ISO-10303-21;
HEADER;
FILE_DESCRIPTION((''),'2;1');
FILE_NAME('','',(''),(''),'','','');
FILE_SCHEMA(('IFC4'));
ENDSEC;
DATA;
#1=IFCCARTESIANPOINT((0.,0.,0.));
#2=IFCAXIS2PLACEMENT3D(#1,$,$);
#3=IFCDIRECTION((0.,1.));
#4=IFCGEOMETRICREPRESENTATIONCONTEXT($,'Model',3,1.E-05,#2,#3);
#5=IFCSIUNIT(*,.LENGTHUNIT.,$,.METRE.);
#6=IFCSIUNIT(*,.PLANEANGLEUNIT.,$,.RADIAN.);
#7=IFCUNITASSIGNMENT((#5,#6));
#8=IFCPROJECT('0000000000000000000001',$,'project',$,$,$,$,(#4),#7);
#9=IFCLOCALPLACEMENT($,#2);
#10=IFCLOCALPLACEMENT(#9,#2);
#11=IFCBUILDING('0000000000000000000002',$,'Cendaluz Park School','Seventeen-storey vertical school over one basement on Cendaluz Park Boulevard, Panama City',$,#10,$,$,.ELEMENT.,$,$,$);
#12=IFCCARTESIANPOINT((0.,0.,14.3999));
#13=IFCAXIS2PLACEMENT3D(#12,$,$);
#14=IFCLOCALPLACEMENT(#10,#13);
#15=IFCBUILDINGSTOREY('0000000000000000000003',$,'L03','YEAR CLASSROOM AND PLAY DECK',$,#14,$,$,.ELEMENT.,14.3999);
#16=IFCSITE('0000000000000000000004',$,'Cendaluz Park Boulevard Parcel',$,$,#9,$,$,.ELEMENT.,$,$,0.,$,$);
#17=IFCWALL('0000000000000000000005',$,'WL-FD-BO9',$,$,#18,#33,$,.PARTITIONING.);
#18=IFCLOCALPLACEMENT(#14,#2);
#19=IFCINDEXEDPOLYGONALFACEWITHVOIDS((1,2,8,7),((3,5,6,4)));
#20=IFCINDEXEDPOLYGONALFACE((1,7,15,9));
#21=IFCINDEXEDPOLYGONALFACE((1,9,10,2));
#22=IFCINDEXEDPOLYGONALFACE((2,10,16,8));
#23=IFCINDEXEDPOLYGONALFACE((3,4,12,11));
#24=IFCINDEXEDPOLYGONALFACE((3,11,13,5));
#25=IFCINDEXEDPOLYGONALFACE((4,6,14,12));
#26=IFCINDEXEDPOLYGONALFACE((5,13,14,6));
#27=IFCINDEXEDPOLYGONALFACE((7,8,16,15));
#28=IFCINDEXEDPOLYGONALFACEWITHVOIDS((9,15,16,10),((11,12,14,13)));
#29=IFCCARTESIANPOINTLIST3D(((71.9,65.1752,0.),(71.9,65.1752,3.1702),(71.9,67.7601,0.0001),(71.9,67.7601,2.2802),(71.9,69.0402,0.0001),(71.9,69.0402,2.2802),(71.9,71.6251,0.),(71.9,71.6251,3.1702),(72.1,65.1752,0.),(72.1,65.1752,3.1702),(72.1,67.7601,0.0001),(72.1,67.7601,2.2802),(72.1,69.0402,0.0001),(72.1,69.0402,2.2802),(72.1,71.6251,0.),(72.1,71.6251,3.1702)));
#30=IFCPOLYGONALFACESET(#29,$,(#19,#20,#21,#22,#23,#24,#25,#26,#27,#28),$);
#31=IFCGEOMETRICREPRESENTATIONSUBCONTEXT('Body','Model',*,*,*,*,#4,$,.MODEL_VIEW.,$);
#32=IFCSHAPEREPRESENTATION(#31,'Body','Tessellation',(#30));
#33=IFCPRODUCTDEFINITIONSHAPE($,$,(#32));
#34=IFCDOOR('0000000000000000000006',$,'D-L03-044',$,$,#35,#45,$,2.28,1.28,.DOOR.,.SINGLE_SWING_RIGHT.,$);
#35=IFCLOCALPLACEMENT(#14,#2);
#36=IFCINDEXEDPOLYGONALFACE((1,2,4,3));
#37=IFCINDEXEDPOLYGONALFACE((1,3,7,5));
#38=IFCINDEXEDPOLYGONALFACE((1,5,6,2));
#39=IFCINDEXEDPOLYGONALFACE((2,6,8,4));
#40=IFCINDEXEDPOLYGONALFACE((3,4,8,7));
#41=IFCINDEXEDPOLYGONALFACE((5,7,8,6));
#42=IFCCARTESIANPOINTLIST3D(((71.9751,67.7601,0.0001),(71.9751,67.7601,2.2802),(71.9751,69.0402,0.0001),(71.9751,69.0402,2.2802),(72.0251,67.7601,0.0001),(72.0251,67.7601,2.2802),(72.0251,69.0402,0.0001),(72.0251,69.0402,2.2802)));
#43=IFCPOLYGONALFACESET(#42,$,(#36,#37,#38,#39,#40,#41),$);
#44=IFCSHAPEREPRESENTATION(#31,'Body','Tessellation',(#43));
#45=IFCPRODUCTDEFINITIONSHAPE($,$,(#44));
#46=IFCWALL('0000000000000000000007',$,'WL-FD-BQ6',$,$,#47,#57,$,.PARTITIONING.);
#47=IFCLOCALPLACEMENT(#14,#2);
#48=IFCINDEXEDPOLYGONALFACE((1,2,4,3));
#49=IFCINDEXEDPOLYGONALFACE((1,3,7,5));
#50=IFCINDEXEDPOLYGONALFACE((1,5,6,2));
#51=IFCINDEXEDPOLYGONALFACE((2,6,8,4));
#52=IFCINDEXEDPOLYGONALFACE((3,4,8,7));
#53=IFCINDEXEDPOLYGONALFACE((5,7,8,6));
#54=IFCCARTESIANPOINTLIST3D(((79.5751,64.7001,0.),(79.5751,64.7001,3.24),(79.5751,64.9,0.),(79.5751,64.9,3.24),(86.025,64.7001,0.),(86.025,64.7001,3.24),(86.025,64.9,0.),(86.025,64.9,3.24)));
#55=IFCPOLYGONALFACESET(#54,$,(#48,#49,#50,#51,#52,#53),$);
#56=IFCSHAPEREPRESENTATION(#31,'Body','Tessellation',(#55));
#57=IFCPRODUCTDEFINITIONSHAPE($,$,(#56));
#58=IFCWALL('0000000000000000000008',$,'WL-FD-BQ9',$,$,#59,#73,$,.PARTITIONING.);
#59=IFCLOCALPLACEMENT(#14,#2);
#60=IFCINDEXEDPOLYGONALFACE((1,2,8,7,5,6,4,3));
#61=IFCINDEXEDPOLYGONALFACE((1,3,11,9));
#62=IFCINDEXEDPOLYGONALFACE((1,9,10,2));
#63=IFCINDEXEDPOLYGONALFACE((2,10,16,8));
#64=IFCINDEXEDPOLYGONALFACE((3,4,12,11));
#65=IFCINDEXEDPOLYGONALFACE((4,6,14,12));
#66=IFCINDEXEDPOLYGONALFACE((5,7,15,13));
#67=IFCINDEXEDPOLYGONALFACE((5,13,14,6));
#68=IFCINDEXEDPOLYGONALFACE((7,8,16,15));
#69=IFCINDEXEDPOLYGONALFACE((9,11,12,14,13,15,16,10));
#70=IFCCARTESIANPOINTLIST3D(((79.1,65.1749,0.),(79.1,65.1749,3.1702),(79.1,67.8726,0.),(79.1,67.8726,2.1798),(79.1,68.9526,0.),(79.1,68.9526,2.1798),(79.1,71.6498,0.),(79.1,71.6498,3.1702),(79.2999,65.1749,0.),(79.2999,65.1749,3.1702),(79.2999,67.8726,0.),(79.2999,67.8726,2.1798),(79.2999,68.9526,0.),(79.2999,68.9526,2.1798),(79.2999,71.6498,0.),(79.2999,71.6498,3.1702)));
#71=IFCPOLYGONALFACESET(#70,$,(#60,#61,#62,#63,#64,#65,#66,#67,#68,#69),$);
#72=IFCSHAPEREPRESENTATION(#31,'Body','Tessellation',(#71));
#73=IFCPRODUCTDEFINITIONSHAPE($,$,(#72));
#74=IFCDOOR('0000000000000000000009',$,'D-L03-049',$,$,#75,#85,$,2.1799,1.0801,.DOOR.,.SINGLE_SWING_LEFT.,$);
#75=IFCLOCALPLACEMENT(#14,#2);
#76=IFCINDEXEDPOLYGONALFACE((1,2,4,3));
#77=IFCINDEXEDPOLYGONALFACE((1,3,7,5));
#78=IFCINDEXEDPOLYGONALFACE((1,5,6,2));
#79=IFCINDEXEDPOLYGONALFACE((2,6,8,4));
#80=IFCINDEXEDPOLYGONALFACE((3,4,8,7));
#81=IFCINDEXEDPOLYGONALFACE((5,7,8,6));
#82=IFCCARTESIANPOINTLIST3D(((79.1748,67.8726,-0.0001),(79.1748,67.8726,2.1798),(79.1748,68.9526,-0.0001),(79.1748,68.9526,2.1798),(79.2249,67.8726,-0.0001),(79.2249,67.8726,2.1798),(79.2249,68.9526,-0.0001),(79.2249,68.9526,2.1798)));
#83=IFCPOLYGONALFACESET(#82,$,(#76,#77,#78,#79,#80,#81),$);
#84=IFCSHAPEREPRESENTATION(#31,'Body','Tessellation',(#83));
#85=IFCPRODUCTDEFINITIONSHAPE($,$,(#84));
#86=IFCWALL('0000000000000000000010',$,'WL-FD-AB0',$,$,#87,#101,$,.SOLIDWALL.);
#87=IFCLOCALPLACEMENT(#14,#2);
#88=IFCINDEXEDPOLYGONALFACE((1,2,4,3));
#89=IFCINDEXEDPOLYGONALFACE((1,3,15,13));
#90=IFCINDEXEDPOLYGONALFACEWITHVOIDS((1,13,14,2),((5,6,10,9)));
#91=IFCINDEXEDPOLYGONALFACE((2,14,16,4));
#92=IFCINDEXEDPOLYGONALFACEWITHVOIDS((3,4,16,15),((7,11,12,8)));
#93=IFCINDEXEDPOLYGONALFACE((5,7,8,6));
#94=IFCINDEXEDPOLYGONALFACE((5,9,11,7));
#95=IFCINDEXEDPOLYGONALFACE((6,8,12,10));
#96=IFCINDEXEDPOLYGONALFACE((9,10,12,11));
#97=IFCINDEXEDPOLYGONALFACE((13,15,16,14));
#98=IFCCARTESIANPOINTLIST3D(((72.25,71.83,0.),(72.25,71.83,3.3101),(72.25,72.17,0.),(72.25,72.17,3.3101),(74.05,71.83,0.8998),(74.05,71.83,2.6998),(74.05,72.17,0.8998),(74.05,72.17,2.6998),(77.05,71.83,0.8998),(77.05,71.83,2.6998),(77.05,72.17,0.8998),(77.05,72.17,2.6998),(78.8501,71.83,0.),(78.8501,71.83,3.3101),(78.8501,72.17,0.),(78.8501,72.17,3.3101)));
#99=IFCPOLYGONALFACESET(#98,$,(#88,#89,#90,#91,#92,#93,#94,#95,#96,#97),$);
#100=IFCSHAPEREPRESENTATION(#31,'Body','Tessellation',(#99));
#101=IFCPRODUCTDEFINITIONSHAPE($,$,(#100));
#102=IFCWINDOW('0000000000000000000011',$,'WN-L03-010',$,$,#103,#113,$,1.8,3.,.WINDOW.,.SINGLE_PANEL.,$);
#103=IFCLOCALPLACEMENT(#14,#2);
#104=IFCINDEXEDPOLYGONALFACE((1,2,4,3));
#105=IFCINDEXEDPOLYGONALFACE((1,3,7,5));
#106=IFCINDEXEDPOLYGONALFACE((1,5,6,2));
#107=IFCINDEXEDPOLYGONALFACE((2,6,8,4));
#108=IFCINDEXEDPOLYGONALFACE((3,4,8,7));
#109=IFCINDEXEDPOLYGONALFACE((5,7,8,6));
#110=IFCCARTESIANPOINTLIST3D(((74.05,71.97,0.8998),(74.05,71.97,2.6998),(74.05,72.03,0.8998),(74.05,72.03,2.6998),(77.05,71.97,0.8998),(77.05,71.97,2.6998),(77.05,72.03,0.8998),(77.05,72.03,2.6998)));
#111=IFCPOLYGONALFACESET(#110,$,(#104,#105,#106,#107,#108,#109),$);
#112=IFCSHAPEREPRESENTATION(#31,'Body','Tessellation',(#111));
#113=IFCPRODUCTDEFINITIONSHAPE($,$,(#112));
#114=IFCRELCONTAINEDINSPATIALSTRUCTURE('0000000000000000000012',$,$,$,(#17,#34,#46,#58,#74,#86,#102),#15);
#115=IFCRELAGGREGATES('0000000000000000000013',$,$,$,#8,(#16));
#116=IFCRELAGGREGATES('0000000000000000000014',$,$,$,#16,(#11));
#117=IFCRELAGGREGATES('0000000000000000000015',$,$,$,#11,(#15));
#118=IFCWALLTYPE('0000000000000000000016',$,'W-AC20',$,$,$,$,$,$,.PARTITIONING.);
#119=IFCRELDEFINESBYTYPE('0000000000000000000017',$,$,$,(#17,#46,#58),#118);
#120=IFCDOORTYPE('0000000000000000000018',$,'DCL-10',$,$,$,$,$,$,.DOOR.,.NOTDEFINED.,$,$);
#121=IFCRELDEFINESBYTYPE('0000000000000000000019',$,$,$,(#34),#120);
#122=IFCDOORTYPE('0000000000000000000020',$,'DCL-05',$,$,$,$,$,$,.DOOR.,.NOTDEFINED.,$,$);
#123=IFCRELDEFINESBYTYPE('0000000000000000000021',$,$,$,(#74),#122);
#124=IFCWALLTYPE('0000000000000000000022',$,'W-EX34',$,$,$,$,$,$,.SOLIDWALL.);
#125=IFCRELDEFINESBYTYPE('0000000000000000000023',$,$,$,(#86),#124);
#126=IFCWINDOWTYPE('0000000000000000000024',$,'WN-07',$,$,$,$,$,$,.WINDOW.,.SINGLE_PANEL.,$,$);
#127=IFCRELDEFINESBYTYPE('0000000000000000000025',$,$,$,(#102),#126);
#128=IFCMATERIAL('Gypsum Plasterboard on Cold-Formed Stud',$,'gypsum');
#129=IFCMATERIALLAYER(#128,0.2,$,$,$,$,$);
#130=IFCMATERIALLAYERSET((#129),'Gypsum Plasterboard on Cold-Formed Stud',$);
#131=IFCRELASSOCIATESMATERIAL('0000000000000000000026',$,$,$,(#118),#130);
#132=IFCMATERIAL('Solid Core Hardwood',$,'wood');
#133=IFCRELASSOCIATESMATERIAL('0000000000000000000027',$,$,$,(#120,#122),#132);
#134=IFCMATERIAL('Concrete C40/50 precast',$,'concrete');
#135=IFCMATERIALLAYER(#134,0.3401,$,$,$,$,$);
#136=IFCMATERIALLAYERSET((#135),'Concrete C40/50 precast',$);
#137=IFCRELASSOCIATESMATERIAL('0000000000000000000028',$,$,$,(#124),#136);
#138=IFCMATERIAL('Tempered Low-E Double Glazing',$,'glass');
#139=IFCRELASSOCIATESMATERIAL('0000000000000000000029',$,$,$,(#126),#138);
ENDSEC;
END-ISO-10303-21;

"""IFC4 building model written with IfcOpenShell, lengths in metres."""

from ifc_helpers import new_model, si_unit, direction, frame, frame_2d, origin, place, context, subcontext, project, spatial, rectangle, extrude, material, layer, layer_set, type_object, element, fill, save


model = new_model("IFC4")

# Units and contexts
model_context = context("Model", 3, precision=1e-05, world=origin(), true_north=direction((0.0, 1.0)))
body_context = subcontext(model_context, "Body", "Model", "MODEL_VIEW")
ifc_project = project(units=[si_unit("LENGTHUNIT", "METRE"), si_unit("PLANEANGLEUNIT", "RADIAN")], contexts=[model_context])

# Site, building, storey
site_placement = place(None, origin())
site = spatial("IfcSite", under=ifc_project, at=site_placement, Name="Cendaluz Park Boulevard Parcel", CompositionType="ELEMENT", RefElevation=0.0)
building_placement = place(site_placement, origin())
building = spatial("IfcBuilding", under=site, at=building_placement, Name="Cendaluz Park School", Description="Seventeen-storey vertical school over one basement on Cendaluz Park Boulevard, Panama City", CompositionType="ELEMENT")
storey_placement = place(building_placement, frame((0.0, 0.0, 14.3999)))
storey = spatial("IfcBuildingStorey", under=building, at=storey_placement, Name="L03", Description="YEAR CLASSROOM AND PLAY DECK", CompositionType="ELEMENT", Elevation=14.3999)

# Shared definitions
ifc_material_1 = material(Name="Tempered Low-E Double Glazing", Category="glass")

# Wall, opening, door
ifc_material_2 = material(Name="Gypsum Plasterboard on Cold-Formed Stud", Category="gypsum")
ifc_layer_1 = layer(ifc_material_2, 0.2)
ifc_layer_set_1 = layer_set([ifc_layer_1], Name="Gypsum Plasterboard on Cold-Formed Stud")
wall_type_1 = type_object("IfcWallType", Name="W-AC20", PredefinedType="PARTITIONING", material=ifc_layer_set_1)
wall_1_placement = place(storey_placement, frame((72.0, 65.175, 0.0), z_axis=(0.0, 0.0, 1.0), x_axis=(0.0, 1.0, 0.0)))
wall_1 = element("IfcWall", 1, at=wall_1_placement, inside=storey, type_object=wall_type_1, Name="WL-FD-BO9", PredefinedType="PARTITIONING", context=body_context, shape_type="SweptSolid", body=[
    extrude(rectangle(XDim=6.45, YDim=0.2, at=frame_2d((3.2251, 0.0))), origin(), (0.0, 0.0, 1.0), 3.1702),
])
opening_1_placement = place(wall_1_placement, frame((2.585, 0.0, 0.0)))
opening_1 = element("IfcOpeningElement", 2, at=opening_1_placement, cuts=wall_1, PredefinedType="OPENING", context=body_context, shape_type="SweptSolid", body=[
    extrude(rectangle(XDim=1.28, YDim=2.28, at=frame_2d((0.6401, 1.1401))), frame((0.0, 0.1121, 0.0), z_axis=(0.0, -1.0, 0.0), x_axis=(1.0, 0.0, 0.0)), (0.0, 0.0, 1.0), 0.2239),
])
ifc_material_3 = material(Name="Solid Core Hardwood", Category="wood")
door_type_1 = type_object("IfcDoorType", Name="DCL-10", OperationType="NOTDEFINED", PredefinedType="DOOR", material=ifc_material_3)
door_1_placement = place(opening_1_placement, origin())
door_1 = element("IfcDoor", 3, at=door_1_placement, inside=storey, type_object=door_type_1, Name="D-L03-044", OperationType="SINGLE_SWING_RIGHT", OverallHeight=2.28, OverallWidth=1.28, PredefinedType="DOOR", context=body_context, shape_type="SweptSolid", body=[
    extrude(rectangle(XDim=1.28, YDim=2.28, at=frame_2d((0.6401, 1.1401))), frame((0.0, 0.0249, 0.0), z_axis=(0.0, -1.0, 0.0), x_axis=(1.0, 0.0, 0.0)), (0.0, 0.0, 1.0), 0.05),
])
fill(opening_1, door_1)

# Wall
wall_2_placement = place(storey_placement, frame((79.575, 64.8, 0.0), z_axis=(0.0, 0.0, 1.0), x_axis=(1.0, 0.0, 0.0)))
element("IfcWall", 4, at=wall_2_placement, inside=storey, type_object=wall_type_1, Name="WL-FD-BQ6", PredefinedType="PARTITIONING", context=body_context, shape_type="SweptSolid", body=[
    extrude(rectangle(XDim=6.45, YDim=0.2, at=frame_2d((3.2251, 0.0))), origin(), (0.0, 0.0, 1.0), 3.24),
])

# Wall, opening, door
wall_3_placement = place(storey_placement, frame((79.2, 65.175, 0.0), z_axis=(0.0, 0.0, 1.0), x_axis=(0.0, 1.0, 0.0)))
wall_3 = element("IfcWall", 5, at=wall_3_placement, inside=storey, type_object=wall_type_1, Name="WL-FD-BQ9", PredefinedType="PARTITIONING", context=body_context, shape_type="SweptSolid", body=[
    extrude(rectangle(XDim=6.4749, YDim=0.2, at=frame_2d((3.2373, 0.0))), origin(), (0.0, 0.0, 1.0), 3.1702),
])
opening_2_placement = place(wall_3_placement, frame((2.6975, 0.0, 0.0)))
opening_2 = element("IfcOpeningElement", 6, at=opening_2_placement, cuts=wall_3, PredefinedType="OPENING", context=body_context, shape_type="SweptSolid", body=[
    extrude(rectangle(XDim=1.0801, YDim=2.1799, at=frame_2d((0.54, 1.0898))), frame((0.0, 0.1121, 0.0), z_axis=(0.0, -1.0, 0.0), x_axis=(1.0, 0.0, 0.0)), (0.0, 0.0, 1.0), 0.2239),
])
door_type_2 = type_object("IfcDoorType", Name="DCL-05", OperationType="NOTDEFINED", PredefinedType="DOOR", material=ifc_material_3)
door_2_placement = place(opening_2_placement, frame((1.0801, 0.0, 0.0), z_axis=(0.0, 0.0, 1.0), x_axis=(-1.0, 0.0, 0.0)))
door_2 = element("IfcDoor", 7, at=door_2_placement, inside=storey, type_object=door_type_2, Name="D-L03-049", OperationType="SINGLE_SWING_LEFT", OverallHeight=2.1799, OverallWidth=1.0801, PredefinedType="DOOR", context=body_context, shape_type="SweptSolid", body=[
    extrude(rectangle(XDim=1.0801, YDim=2.1799, at=frame_2d((0.54, 1.0898))), frame((0.0, 0.0249, 0.0), z_axis=(0.0, -1.0, 0.0), x_axis=(1.0, 0.0, 0.0)), (0.0, 0.0, 1.0), 0.05),
])
fill(opening_2, door_2)

# Wall, opening, window
ifc_material_4 = material(Name="Concrete C40/50 precast", Category="concrete")
ifc_layer_2 = layer(ifc_material_4, 0.3401)
ifc_layer_set_2 = layer_set([ifc_layer_2], Name="Concrete C40/50 precast")
wall_type_2 = type_object("IfcWallType", Name="W-EX34", PredefinedType="SOLIDWALL", material=ifc_layer_set_2)
wall_4_placement = place(storey_placement, frame((72.25, 72.0, 0.0), z_axis=(0.0, 0.0, 1.0), x_axis=(1.0, 0.0, 0.0)))
wall_4 = element("IfcWall", 8, at=wall_4_placement, inside=storey, type_object=wall_type_2, Name="WL-FD-AB0", PredefinedType="SOLIDWALL", context=body_context, shape_type="SweptSolid", body=[
    extrude(rectangle(XDim=6.6001, YDim=0.3401, at=frame_2d((3.3, 0.0))), origin(), (0.0, 0.0, 1.0), 3.3101),
])
opening_3_placement = place(wall_4_placement, frame((1.8, 0.0, 0.8999)))
opening_3 = element("IfcOpeningElement", 9, at=opening_3_placement, cuts=wall_4, PredefinedType="OPENING", context=body_context, shape_type="SweptSolid", body=[
    extrude(rectangle(XDim=3.0, YDim=1.8, at=frame_2d((1.5, 0.8999))), frame((0.0, 0.1821, 0.0), z_axis=(0.0, -1.0, 0.0), x_axis=(1.0, 0.0, 0.0)), (0.0, 0.0, 1.0), 0.364),
])
window_type = type_object("IfcWindowType", Name="WN-07", PartitioningType="SINGLE_PANEL", PredefinedType="WINDOW", material=ifc_material_1)
window_placement = place(opening_3_placement, origin())
window = element("IfcWindow", 10, at=window_placement, inside=storey, type_object=window_type, Name="WN-L03-010", OverallHeight=1.8, OverallWidth=3.0, PartitioningType="SINGLE_PANEL", PredefinedType="WINDOW", context=body_context, shape_type="SweptSolid", body=[
    extrude(rectangle(XDim=3.0, YDim=1.8, at=frame_2d((1.5, 0.8999))), frame((0.0, 0.03, 0.0), z_axis=(0.0, -1.0, 0.0), x_axis=(1.0, 0.0, 0.0)), (0.0, 0.0, 1.0), 0.0601),
])
fill(opening_3, window)

save(model, "model.ifc")
